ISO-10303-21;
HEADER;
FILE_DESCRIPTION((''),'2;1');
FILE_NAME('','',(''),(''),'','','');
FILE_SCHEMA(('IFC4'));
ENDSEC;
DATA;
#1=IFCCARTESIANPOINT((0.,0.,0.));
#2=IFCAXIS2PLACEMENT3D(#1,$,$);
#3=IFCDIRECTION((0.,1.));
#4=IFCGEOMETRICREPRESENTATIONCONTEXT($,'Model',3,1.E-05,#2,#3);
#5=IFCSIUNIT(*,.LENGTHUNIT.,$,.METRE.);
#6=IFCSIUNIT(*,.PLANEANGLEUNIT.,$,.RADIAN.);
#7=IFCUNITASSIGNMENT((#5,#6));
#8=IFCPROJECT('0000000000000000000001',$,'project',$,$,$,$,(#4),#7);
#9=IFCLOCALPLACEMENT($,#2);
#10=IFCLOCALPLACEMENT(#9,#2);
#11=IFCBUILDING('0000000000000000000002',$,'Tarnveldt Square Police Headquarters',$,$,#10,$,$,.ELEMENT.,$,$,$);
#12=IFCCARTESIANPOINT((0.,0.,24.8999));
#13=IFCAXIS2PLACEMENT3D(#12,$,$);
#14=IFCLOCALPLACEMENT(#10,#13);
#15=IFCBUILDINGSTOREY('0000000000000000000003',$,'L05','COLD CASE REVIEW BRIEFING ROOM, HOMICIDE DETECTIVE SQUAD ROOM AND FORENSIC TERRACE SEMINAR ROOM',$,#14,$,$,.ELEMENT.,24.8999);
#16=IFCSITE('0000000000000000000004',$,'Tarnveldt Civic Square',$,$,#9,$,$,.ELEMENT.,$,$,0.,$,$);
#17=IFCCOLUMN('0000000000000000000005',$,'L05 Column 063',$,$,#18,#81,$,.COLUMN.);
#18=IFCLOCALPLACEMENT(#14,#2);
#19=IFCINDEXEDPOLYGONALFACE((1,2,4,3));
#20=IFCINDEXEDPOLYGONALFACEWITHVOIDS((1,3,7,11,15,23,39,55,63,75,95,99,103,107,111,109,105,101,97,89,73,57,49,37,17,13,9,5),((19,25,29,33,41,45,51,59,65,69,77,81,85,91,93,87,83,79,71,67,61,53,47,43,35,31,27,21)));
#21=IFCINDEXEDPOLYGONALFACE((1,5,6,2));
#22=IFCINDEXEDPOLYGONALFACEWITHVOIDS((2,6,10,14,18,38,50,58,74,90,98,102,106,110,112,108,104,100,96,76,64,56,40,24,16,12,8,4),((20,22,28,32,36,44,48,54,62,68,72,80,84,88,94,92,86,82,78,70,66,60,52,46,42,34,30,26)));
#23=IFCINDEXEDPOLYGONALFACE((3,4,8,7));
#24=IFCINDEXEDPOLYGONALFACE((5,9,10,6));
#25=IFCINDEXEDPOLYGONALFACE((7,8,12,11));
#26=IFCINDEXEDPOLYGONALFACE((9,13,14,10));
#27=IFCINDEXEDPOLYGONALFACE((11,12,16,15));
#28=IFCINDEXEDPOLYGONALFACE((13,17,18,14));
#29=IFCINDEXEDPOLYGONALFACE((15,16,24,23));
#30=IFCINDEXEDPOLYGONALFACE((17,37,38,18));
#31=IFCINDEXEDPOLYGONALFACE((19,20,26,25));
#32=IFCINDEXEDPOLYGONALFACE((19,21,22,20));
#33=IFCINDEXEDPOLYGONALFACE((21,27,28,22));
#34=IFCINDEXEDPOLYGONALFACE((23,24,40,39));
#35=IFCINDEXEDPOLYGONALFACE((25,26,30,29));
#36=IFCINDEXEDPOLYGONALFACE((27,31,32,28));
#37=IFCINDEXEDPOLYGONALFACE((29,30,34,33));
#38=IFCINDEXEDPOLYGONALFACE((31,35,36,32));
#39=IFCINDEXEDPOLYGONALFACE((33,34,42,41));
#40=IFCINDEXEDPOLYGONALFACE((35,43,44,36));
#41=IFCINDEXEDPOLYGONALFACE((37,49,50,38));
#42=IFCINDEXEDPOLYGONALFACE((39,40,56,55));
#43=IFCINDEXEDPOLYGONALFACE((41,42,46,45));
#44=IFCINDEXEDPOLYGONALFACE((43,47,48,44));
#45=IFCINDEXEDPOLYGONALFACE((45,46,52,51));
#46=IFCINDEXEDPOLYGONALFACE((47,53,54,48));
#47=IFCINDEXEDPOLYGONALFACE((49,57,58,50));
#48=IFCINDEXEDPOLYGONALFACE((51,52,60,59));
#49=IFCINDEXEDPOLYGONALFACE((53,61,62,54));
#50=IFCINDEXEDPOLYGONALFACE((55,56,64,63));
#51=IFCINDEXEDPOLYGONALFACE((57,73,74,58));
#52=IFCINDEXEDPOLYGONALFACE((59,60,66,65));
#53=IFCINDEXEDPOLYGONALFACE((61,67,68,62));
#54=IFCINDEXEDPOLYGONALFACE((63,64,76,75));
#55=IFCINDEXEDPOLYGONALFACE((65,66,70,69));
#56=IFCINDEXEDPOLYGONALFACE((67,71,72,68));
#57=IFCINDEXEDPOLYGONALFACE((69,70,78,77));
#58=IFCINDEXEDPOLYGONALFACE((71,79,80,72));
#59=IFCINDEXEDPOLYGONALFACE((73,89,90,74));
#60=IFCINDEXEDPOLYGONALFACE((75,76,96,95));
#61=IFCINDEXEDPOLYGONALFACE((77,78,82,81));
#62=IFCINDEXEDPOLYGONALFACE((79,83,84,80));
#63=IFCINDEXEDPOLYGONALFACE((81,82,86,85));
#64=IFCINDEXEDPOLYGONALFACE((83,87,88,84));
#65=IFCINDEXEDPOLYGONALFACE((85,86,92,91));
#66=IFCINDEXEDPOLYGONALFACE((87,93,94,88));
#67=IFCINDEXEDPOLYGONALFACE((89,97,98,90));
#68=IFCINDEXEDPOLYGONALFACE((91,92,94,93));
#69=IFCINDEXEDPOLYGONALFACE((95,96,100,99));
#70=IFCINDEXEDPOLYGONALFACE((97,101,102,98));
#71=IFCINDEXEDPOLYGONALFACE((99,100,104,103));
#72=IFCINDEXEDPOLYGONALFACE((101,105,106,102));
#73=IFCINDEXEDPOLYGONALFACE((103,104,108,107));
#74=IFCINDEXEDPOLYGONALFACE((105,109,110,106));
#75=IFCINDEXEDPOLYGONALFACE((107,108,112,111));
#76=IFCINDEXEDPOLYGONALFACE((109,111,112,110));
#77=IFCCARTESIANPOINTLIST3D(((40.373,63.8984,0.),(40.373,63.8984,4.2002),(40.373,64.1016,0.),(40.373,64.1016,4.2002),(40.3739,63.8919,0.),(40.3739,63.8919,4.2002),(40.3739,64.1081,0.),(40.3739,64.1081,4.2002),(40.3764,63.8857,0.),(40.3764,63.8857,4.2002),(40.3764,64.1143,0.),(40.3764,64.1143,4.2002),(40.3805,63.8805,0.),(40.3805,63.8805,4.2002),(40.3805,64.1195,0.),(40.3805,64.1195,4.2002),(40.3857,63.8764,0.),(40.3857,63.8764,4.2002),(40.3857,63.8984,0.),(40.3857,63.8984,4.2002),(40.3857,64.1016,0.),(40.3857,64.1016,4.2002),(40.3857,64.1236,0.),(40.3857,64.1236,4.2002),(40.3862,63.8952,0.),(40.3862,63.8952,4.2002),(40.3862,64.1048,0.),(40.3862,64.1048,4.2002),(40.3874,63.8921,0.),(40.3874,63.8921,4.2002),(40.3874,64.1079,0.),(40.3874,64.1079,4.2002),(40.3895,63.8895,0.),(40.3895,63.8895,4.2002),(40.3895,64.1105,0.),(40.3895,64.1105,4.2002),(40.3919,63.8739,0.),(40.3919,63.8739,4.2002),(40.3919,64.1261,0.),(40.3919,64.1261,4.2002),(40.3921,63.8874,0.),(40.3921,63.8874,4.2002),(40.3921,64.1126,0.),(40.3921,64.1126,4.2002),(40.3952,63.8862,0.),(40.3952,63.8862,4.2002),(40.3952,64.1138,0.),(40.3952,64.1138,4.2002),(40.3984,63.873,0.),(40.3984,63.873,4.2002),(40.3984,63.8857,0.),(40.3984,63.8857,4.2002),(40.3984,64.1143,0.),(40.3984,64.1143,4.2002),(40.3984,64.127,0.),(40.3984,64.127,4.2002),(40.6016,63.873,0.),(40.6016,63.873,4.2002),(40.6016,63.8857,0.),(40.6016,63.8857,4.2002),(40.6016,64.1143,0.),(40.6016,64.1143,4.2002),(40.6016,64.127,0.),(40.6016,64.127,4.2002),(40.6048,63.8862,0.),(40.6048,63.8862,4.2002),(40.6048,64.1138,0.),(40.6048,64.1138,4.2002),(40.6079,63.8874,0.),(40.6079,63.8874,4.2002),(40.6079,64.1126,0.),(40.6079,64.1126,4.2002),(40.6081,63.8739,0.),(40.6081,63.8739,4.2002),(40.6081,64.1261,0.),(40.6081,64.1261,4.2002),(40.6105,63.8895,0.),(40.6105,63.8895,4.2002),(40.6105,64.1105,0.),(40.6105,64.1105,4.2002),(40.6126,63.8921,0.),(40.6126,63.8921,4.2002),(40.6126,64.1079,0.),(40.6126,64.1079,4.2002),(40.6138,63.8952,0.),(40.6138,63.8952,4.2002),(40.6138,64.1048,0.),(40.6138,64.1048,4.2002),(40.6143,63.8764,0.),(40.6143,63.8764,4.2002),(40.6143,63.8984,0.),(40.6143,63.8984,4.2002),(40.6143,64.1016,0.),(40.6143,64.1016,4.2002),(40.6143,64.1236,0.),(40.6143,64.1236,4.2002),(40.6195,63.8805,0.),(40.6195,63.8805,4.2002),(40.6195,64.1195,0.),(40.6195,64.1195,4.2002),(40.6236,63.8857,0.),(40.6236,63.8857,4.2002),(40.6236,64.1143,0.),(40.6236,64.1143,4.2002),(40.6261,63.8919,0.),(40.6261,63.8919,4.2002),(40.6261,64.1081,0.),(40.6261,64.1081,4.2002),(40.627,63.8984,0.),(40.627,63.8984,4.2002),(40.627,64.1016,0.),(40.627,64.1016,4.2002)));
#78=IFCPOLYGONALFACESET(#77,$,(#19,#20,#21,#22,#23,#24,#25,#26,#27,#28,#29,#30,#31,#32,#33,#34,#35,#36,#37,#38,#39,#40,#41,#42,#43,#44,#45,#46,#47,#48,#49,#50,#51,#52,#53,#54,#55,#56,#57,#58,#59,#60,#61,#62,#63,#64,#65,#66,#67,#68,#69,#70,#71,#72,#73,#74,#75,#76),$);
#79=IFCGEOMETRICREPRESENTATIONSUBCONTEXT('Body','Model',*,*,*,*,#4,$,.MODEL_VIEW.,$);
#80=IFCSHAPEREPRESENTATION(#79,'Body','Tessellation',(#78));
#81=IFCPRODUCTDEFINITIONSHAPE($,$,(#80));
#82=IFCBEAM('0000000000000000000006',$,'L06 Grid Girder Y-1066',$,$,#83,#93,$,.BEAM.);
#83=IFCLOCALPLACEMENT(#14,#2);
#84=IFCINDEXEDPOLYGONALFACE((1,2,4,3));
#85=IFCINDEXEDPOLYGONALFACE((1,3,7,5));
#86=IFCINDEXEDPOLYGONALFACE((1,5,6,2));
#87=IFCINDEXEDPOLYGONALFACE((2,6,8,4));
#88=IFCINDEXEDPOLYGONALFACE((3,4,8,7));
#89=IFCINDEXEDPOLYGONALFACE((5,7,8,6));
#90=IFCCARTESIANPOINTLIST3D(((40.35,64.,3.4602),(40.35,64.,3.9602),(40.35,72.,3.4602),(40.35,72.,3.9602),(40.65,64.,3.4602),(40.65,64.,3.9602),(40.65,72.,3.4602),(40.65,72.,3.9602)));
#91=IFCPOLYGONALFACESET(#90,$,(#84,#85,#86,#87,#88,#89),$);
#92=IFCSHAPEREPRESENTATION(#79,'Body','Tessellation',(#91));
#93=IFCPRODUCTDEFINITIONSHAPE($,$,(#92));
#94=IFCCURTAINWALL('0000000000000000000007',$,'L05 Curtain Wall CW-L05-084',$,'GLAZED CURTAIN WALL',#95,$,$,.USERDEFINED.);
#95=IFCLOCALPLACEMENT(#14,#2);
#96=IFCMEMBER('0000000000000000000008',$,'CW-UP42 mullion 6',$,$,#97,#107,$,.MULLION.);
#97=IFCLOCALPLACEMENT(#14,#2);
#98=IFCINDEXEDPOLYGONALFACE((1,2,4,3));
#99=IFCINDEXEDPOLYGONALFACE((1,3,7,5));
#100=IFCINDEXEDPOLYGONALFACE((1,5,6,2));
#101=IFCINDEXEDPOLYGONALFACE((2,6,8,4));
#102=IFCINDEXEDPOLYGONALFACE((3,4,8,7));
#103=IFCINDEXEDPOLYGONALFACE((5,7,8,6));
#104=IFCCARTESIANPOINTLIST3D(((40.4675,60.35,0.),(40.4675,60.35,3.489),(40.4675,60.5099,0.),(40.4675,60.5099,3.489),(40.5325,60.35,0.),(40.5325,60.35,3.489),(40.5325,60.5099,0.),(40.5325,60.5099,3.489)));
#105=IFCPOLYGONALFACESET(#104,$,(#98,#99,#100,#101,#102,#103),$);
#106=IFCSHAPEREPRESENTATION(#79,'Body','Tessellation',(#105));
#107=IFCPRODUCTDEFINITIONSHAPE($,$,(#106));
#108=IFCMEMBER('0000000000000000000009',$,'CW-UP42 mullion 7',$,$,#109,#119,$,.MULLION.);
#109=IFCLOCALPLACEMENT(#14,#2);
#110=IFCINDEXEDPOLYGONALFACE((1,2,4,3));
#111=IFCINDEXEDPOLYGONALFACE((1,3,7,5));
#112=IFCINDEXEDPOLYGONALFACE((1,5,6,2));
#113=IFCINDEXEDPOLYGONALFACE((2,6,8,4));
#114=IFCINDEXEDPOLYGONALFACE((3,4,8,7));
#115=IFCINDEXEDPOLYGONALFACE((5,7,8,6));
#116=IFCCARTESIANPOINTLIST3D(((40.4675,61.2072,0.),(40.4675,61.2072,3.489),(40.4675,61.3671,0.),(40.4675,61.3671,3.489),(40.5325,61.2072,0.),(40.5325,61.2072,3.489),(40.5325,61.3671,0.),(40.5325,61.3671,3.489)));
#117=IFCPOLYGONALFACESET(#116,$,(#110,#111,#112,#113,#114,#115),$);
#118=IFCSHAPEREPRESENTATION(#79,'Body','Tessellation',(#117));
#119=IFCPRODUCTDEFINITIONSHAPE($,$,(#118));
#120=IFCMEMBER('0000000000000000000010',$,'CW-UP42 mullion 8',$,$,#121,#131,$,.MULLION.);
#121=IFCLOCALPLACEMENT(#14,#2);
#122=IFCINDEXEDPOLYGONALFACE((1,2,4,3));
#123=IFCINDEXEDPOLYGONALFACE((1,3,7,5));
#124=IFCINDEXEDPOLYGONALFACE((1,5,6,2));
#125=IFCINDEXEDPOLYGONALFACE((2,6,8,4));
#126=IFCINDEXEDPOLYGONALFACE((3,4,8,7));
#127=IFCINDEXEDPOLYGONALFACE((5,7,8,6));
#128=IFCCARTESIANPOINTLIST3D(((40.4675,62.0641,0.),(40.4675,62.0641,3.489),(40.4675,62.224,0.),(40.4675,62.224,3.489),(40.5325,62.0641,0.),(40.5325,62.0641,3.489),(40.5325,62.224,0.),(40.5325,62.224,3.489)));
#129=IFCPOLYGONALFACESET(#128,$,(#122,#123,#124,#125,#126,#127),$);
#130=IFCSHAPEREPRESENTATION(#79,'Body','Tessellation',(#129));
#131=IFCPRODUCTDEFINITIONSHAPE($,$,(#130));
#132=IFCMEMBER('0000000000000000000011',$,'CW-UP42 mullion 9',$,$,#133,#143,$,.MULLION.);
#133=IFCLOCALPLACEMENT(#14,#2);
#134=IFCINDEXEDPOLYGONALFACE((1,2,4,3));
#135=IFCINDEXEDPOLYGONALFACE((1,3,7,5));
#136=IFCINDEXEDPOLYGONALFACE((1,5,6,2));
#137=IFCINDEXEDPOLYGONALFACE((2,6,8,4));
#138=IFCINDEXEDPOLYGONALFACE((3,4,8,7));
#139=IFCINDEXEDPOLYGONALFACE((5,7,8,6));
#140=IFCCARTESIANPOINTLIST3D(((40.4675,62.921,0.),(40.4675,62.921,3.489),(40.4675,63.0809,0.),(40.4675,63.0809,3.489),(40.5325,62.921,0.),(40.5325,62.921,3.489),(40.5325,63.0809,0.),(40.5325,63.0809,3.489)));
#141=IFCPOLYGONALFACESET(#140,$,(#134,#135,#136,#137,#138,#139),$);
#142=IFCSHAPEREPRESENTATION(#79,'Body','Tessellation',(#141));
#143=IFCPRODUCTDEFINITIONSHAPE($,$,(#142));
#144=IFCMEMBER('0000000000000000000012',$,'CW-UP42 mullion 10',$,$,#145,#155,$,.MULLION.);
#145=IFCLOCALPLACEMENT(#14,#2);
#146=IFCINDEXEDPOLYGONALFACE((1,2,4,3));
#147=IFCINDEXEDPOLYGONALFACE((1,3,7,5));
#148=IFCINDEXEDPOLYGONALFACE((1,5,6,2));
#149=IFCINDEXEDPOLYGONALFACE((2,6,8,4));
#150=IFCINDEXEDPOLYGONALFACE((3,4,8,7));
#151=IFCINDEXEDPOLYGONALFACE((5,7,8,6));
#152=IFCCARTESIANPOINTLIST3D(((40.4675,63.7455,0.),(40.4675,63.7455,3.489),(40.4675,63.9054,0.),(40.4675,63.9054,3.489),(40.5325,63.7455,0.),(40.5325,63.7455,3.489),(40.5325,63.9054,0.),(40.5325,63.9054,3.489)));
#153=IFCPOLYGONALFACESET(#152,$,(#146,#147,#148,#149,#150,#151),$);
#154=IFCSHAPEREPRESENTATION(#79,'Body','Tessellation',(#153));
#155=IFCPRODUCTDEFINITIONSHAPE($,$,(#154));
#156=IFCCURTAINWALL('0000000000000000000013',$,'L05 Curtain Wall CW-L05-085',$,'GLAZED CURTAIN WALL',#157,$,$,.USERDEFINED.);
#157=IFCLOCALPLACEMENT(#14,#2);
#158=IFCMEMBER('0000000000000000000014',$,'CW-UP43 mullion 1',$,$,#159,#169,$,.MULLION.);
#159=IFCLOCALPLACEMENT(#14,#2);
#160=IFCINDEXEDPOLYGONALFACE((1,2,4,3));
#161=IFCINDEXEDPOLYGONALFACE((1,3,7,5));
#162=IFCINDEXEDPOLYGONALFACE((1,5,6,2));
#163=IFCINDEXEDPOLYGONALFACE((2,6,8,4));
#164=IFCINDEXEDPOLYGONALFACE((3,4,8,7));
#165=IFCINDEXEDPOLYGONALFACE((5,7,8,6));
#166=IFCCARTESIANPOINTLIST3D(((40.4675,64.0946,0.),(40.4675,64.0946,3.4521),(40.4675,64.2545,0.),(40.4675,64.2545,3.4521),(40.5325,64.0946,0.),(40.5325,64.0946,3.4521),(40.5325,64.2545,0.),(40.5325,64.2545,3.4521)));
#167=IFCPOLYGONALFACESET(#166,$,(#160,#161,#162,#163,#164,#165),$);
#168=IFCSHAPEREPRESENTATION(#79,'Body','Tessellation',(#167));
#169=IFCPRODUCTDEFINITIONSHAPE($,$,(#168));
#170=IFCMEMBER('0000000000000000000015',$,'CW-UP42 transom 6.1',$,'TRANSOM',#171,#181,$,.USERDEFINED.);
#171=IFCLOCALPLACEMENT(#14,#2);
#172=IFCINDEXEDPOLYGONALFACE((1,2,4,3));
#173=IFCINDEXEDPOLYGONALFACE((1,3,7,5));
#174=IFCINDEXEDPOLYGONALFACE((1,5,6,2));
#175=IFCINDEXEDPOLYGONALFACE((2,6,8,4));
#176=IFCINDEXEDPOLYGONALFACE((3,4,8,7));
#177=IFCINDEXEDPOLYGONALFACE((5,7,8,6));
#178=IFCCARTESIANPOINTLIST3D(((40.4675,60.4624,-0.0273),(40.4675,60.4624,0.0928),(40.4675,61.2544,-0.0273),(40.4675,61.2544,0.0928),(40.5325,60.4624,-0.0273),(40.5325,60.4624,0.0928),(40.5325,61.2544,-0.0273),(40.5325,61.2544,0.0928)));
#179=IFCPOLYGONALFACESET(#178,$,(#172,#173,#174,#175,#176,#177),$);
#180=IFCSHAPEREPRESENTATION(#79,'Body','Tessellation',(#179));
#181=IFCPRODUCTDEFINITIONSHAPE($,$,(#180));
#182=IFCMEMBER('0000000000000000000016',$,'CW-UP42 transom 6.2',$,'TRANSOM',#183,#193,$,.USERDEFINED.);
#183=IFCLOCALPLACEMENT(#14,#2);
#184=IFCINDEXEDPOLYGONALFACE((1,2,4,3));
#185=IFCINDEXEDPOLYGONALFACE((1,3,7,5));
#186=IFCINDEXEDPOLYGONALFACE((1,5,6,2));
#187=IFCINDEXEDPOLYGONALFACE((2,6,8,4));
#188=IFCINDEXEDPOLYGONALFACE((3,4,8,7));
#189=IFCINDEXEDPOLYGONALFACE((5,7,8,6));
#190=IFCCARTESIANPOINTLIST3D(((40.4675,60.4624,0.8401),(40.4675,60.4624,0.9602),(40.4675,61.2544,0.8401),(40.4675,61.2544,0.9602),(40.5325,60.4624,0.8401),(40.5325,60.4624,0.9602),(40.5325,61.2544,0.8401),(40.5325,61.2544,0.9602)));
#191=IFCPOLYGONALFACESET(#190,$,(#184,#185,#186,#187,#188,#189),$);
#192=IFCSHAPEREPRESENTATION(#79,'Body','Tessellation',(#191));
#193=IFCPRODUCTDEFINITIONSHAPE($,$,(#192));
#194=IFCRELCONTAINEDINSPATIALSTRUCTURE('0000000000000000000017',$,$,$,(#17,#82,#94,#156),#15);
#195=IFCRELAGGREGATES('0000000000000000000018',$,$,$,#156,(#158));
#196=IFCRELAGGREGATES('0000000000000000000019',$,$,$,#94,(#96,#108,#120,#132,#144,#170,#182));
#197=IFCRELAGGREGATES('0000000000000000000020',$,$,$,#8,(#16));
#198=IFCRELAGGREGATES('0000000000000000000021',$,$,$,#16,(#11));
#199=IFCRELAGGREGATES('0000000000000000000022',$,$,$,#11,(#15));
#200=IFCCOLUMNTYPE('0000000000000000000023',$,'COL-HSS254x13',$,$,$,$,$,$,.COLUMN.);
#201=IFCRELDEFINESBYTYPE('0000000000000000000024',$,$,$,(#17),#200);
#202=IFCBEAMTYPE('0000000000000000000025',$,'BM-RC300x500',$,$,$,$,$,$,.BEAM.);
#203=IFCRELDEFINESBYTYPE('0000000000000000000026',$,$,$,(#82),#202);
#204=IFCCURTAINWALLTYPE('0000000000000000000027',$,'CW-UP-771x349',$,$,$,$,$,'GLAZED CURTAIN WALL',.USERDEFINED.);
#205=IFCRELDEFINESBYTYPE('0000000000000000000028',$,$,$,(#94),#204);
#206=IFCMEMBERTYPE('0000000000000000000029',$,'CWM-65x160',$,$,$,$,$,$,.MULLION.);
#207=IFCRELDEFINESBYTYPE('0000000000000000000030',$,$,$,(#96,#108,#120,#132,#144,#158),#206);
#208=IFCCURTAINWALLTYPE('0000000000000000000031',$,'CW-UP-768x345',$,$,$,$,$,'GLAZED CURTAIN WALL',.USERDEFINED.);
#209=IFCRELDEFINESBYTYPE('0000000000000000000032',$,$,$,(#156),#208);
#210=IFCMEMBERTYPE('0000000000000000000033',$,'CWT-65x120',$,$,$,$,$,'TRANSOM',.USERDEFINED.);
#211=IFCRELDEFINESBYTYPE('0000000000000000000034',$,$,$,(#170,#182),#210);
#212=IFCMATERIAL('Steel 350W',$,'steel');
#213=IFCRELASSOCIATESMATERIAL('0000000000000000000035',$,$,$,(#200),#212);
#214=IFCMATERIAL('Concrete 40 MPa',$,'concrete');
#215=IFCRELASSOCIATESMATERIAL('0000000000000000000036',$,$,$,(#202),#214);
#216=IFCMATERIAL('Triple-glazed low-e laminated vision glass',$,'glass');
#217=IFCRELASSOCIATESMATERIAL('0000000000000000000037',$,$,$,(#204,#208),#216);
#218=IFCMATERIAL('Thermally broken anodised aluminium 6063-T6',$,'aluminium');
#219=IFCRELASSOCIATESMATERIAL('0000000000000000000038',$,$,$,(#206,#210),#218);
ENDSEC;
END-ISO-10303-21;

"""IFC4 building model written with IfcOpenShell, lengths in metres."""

from ifc_helpers import new_model, si_unit, direction, frame, origin, origin_2d, place, context, subcontext, project, spatial, rectangle, hollow_rectangle, extrude, material, material_profile, profile_set, type_object, element, aggregate, save


model = new_model("IFC4")

# Units and contexts
model_context = context("Model", 3, precision=1e-05, world=origin(), true_north=direction((0.0, 1.0)))
body_context = subcontext(model_context, "Body", "Model", "MODEL_VIEW")
ifc_project = project(units=[si_unit("LENGTHUNIT", "METRE"), si_unit("PLANEANGLEUNIT", "RADIAN")], contexts=[model_context])

# Site, building, storey
site_placement = place(None, origin())
site = spatial("IfcSite", under=ifc_project, at=site_placement, Name="Tarnveldt Civic Square", CompositionType="ELEMENT", RefElevation=0.0)
building_placement = place(site_placement, origin())
building = spatial("IfcBuilding", under=site, at=building_placement, Name="Tarnveldt Square Police Headquarters", CompositionType="ELEMENT")
storey_placement = place(building_placement, frame((0.0, 0.0, 24.8999)))
storey = spatial("IfcBuildingStorey", under=building, at=storey_placement, Name="L05", Description="COLD CASE REVIEW BRIEFING ROOM, HOMICIDE DETECTIVE SQUAD ROOM AND FORENSIC TERRACE SEMINAR ROOM", CompositionType="ELEMENT", Elevation=24.8999)

# Column
ifc_material_1 = material(Name="Steel 350W", Category="steel")
ifc_material_profile_1 = material_profile(ifc_material_1, hollow_rectangle(XDim=0.2539, YDim=0.2539, WallThickness=0.0127, InnerFilletRadius=0.0127, OuterFilletRadius=0.0254, at=origin_2d()), Name="HSS254x254x13")
ifc_profile_set_1 = profile_set([ifc_material_profile_1], Name="Steel 350W")
column_type = type_object("IfcColumnType", Name="COL-HSS254x13", PredefinedType="COLUMN", material=ifc_profile_set_1)
column_placement = place(storey_placement, frame((40.5, 64.0, 0.0), z_axis=(0.0, 0.0, 1.0), x_axis=(1.0, 0.0, 0.0)))
element("IfcColumn", 1, at=column_placement, inside=storey, type_object=column_type, Name="L05 Column 063", PredefinedType="COLUMN", context=body_context, shape_type="SweptSolid", body=[
    extrude(hollow_rectangle(XDim=0.2539, YDim=0.2539, WallThickness=0.0127, InnerFilletRadius=0.0127, OuterFilletRadius=0.0254, at=origin_2d()), origin(), (0.0, 0.0, 1.0), 4.2002),
])

# Beam
ifc_material_2 = material(Name="Concrete 40 MPa", Category="concrete")
ifc_material_profile_2 = material_profile(ifc_material_2, rectangle(XDim=0.3, YDim=0.5, at=origin_2d()), Name="RC-B300x500")
ifc_profile_set_2 = profile_set([ifc_material_profile_2], Name="Concrete 40 MPa")
beam_type = type_object("IfcBeamType", Name="BM-RC300x500", PredefinedType="BEAM", material=ifc_profile_set_2)
beam_placement = place(storey_placement, frame((40.5, 64.0, 3.7102), z_axis=(0.0, 1.0, 0.0), x_axis=(-1.0, 0.0, 0.0)))
element("IfcBeam", 2, at=beam_placement, inside=storey, type_object=beam_type, Name="L06 Grid Girder Y-1066", PredefinedType="BEAM", context=body_context, shape_type="SweptSolid", body=[
    extrude(rectangle(XDim=0.3, YDim=0.5, at=origin_2d()), origin(), (0.0, 0.0, 1.0), 8.0),
])

# Curtain wall, members
ifc_material_3 = material(Name="Triple-glazed low-e laminated vision glass", Category="glass")
curtain_wall_type_1 = type_object("IfcCurtainWallType", Name="CW-UP-771x349", ElementType="GLAZED CURTAIN WALL", PredefinedType="USERDEFINED", material=ifc_material_3)
curtain_wall_1_placement = place(storey_placement, origin())
curtain_wall_1 = element("IfcCurtainWall", 3, at=curtain_wall_1_placement, inside=storey, type_object=curtain_wall_type_1, Name="L05 Curtain Wall CW-L05-084", ObjectType="GLAZED CURTAIN WALL", PredefinedType="USERDEFINED")
ifc_material_4 = material(Name="Thermally broken anodised aluminium 6063-T6", Category="aluminium")
ifc_material_profile_3 = material_profile(ifc_material_4, rectangle(XDim=0.0649, YDim=0.1599, at=origin_2d()), Name="CW-M65x160")
ifc_profile_set_3 = profile_set([ifc_material_profile_3], Name="Thermally broken anodised aluminium 6063-T6")
member_type_1 = type_object("IfcMemberType", Name="CWM-65x160", PredefinedType="MULLION", material=ifc_profile_set_3)
member_1_placement = place(storey_placement, frame((40.5, 60.4299, 0.0), z_axis=(0.0, 0.0, 1.0), x_axis=(-1.0, 0.0, 0.0)))
member_1 = element("IfcMember", 4, at=member_1_placement, type_object=member_type_1, Name="CW-UP42 mullion 6", PredefinedType="MULLION", context=body_context, shape_type="SweptSolid", body=[
    extrude(rectangle(XDim=0.0649, YDim=0.1599, at=origin_2d()), origin(), (0.0, 0.0, 1.0), 3.489),
])
member_2_placement = place(storey_placement, frame((40.5, 61.2871, 0.0), z_axis=(0.0, 0.0, 1.0), x_axis=(-1.0, 0.0, 0.0)))
member_2 = element("IfcMember", 5, at=member_2_placement, type_object=member_type_1, Name="CW-UP42 mullion 7", PredefinedType="MULLION", context=body_context, shape_type="SweptSolid", body=[
    extrude(rectangle(XDim=0.0649, YDim=0.1599, at=origin_2d()), origin(), (0.0, 0.0, 1.0), 3.489),
])
member_3_placement = place(storey_placement, frame((40.5, 62.144, 0.0), z_axis=(0.0, 0.0, 1.0), x_axis=(-1.0, 0.0, 0.0)))
member_3 = element("IfcMember", 6, at=member_3_placement, type_object=member_type_1, Name="CW-UP42 mullion 8", PredefinedType="MULLION", context=body_context, shape_type="SweptSolid", body=[
    extrude(rectangle(XDim=0.0649, YDim=0.1599, at=origin_2d()), origin(), (0.0, 0.0, 1.0), 3.489),
])
member_4_placement = place(storey_placement, frame((40.5, 63.001, 0.0), z_axis=(0.0, 0.0, 1.0), x_axis=(-1.0, 0.0, 0.0)))
member_4 = element("IfcMember", 7, at=member_4_placement, type_object=member_type_1, Name="CW-UP42 mullion 9", PredefinedType="MULLION", context=body_context, shape_type="SweptSolid", body=[
    extrude(rectangle(XDim=0.0649, YDim=0.1599, at=origin_2d()), origin(), (0.0, 0.0, 1.0), 3.489),
])
member_5_placement = place(storey_placement, frame((40.5, 63.8254, 0.0), z_axis=(0.0, 0.0, 1.0), x_axis=(-1.0, 0.0, 0.0)))
member_5 = element("IfcMember", 8, at=member_5_placement, type_object=member_type_1, Name="CW-UP42 mullion 10", PredefinedType="MULLION", context=body_context, shape_type="SweptSolid", body=[
    extrude(rectangle(XDim=0.0649, YDim=0.1599, at=origin_2d()), origin(), (0.0, 0.0, 1.0), 3.489),
])

# Curtain wall, member
curtain_wall_type_2 = type_object("IfcCurtainWallType", Name="CW-UP-768x345", ElementType="GLAZED CURTAIN WALL", PredefinedType="USERDEFINED", material=ifc_material_3)
curtain_wall_2_placement = place(storey_placement, origin())
curtain_wall_2 = element("IfcCurtainWall", 9, at=curtain_wall_2_placement, inside=storey, type_object=curtain_wall_type_2, Name="L05 Curtain Wall CW-L05-085", ObjectType="GLAZED CURTAIN WALL", PredefinedType="USERDEFINED")
member_6_placement = place(storey_placement, frame((40.5, 64.1746, 0.0), z_axis=(0.0, 0.0, 1.0), x_axis=(-1.0, 0.0, 0.0)))
member_6 = element("IfcMember", 10, at=member_6_placement, type_object=member_type_1, Name="CW-UP43 mullion 1", PredefinedType="MULLION", context=body_context, shape_type="SweptSolid", body=[
    extrude(rectangle(XDim=0.0649, YDim=0.1599, at=origin_2d()), origin(), (0.0, 0.0, 1.0), 3.4521),
])

# Members
ifc_material_profile_4 = material_profile(ifc_material_4, rectangle(XDim=0.0649, YDim=0.1201, at=origin_2d()), Name="CW-T65x120")
ifc_profile_set_4 = profile_set([ifc_material_profile_4], Name="Thermally broken anodised aluminium 6063-T6")
member_type_2 = type_object("IfcMemberType", Name="CWT-65x120", ElementType="TRANSOM", PredefinedType="USERDEFINED", material=ifc_profile_set_4)
member_7_placement = place(storey_placement, frame((40.5, 60.4624, 0.0327), z_axis=(0.0, 1.0, 0.0), x_axis=(-1.0, 0.0, 0.0)))
member_7 = element("IfcMember", 11, at=member_7_placement, type_object=member_type_2, Name="CW-UP42 transom 6.1", ObjectType="TRANSOM", PredefinedType="USERDEFINED", context=body_context, shape_type="SweptSolid", body=[
    extrude(rectangle(XDim=0.0649, YDim=0.1201, at=origin_2d()), origin(), (0.0, 0.0, 1.0), 0.792),
])
member_8_placement = place(storey_placement, frame((40.5, 60.4624, 0.9001), z_axis=(0.0, 1.0, 0.0), x_axis=(-1.0, 0.0, 0.0)))
member_8 = element("IfcMember", 12, at=member_8_placement, type_object=member_type_2, Name="CW-UP42 transom 6.2", ObjectType="TRANSOM", PredefinedType="USERDEFINED", context=body_context, shape_type="SweptSolid", body=[
    extrude(rectangle(XDim=0.0649, YDim=0.1201, at=origin_2d()), origin(), (0.0, 0.0, 1.0), 0.792),
])
aggregate(curtain_wall_2, [member_6])

aggregate(curtain_wall_1, [member_1, member_2, member_3, member_4, member_5, member_7, member_8])

save(model, "model.ifc")
